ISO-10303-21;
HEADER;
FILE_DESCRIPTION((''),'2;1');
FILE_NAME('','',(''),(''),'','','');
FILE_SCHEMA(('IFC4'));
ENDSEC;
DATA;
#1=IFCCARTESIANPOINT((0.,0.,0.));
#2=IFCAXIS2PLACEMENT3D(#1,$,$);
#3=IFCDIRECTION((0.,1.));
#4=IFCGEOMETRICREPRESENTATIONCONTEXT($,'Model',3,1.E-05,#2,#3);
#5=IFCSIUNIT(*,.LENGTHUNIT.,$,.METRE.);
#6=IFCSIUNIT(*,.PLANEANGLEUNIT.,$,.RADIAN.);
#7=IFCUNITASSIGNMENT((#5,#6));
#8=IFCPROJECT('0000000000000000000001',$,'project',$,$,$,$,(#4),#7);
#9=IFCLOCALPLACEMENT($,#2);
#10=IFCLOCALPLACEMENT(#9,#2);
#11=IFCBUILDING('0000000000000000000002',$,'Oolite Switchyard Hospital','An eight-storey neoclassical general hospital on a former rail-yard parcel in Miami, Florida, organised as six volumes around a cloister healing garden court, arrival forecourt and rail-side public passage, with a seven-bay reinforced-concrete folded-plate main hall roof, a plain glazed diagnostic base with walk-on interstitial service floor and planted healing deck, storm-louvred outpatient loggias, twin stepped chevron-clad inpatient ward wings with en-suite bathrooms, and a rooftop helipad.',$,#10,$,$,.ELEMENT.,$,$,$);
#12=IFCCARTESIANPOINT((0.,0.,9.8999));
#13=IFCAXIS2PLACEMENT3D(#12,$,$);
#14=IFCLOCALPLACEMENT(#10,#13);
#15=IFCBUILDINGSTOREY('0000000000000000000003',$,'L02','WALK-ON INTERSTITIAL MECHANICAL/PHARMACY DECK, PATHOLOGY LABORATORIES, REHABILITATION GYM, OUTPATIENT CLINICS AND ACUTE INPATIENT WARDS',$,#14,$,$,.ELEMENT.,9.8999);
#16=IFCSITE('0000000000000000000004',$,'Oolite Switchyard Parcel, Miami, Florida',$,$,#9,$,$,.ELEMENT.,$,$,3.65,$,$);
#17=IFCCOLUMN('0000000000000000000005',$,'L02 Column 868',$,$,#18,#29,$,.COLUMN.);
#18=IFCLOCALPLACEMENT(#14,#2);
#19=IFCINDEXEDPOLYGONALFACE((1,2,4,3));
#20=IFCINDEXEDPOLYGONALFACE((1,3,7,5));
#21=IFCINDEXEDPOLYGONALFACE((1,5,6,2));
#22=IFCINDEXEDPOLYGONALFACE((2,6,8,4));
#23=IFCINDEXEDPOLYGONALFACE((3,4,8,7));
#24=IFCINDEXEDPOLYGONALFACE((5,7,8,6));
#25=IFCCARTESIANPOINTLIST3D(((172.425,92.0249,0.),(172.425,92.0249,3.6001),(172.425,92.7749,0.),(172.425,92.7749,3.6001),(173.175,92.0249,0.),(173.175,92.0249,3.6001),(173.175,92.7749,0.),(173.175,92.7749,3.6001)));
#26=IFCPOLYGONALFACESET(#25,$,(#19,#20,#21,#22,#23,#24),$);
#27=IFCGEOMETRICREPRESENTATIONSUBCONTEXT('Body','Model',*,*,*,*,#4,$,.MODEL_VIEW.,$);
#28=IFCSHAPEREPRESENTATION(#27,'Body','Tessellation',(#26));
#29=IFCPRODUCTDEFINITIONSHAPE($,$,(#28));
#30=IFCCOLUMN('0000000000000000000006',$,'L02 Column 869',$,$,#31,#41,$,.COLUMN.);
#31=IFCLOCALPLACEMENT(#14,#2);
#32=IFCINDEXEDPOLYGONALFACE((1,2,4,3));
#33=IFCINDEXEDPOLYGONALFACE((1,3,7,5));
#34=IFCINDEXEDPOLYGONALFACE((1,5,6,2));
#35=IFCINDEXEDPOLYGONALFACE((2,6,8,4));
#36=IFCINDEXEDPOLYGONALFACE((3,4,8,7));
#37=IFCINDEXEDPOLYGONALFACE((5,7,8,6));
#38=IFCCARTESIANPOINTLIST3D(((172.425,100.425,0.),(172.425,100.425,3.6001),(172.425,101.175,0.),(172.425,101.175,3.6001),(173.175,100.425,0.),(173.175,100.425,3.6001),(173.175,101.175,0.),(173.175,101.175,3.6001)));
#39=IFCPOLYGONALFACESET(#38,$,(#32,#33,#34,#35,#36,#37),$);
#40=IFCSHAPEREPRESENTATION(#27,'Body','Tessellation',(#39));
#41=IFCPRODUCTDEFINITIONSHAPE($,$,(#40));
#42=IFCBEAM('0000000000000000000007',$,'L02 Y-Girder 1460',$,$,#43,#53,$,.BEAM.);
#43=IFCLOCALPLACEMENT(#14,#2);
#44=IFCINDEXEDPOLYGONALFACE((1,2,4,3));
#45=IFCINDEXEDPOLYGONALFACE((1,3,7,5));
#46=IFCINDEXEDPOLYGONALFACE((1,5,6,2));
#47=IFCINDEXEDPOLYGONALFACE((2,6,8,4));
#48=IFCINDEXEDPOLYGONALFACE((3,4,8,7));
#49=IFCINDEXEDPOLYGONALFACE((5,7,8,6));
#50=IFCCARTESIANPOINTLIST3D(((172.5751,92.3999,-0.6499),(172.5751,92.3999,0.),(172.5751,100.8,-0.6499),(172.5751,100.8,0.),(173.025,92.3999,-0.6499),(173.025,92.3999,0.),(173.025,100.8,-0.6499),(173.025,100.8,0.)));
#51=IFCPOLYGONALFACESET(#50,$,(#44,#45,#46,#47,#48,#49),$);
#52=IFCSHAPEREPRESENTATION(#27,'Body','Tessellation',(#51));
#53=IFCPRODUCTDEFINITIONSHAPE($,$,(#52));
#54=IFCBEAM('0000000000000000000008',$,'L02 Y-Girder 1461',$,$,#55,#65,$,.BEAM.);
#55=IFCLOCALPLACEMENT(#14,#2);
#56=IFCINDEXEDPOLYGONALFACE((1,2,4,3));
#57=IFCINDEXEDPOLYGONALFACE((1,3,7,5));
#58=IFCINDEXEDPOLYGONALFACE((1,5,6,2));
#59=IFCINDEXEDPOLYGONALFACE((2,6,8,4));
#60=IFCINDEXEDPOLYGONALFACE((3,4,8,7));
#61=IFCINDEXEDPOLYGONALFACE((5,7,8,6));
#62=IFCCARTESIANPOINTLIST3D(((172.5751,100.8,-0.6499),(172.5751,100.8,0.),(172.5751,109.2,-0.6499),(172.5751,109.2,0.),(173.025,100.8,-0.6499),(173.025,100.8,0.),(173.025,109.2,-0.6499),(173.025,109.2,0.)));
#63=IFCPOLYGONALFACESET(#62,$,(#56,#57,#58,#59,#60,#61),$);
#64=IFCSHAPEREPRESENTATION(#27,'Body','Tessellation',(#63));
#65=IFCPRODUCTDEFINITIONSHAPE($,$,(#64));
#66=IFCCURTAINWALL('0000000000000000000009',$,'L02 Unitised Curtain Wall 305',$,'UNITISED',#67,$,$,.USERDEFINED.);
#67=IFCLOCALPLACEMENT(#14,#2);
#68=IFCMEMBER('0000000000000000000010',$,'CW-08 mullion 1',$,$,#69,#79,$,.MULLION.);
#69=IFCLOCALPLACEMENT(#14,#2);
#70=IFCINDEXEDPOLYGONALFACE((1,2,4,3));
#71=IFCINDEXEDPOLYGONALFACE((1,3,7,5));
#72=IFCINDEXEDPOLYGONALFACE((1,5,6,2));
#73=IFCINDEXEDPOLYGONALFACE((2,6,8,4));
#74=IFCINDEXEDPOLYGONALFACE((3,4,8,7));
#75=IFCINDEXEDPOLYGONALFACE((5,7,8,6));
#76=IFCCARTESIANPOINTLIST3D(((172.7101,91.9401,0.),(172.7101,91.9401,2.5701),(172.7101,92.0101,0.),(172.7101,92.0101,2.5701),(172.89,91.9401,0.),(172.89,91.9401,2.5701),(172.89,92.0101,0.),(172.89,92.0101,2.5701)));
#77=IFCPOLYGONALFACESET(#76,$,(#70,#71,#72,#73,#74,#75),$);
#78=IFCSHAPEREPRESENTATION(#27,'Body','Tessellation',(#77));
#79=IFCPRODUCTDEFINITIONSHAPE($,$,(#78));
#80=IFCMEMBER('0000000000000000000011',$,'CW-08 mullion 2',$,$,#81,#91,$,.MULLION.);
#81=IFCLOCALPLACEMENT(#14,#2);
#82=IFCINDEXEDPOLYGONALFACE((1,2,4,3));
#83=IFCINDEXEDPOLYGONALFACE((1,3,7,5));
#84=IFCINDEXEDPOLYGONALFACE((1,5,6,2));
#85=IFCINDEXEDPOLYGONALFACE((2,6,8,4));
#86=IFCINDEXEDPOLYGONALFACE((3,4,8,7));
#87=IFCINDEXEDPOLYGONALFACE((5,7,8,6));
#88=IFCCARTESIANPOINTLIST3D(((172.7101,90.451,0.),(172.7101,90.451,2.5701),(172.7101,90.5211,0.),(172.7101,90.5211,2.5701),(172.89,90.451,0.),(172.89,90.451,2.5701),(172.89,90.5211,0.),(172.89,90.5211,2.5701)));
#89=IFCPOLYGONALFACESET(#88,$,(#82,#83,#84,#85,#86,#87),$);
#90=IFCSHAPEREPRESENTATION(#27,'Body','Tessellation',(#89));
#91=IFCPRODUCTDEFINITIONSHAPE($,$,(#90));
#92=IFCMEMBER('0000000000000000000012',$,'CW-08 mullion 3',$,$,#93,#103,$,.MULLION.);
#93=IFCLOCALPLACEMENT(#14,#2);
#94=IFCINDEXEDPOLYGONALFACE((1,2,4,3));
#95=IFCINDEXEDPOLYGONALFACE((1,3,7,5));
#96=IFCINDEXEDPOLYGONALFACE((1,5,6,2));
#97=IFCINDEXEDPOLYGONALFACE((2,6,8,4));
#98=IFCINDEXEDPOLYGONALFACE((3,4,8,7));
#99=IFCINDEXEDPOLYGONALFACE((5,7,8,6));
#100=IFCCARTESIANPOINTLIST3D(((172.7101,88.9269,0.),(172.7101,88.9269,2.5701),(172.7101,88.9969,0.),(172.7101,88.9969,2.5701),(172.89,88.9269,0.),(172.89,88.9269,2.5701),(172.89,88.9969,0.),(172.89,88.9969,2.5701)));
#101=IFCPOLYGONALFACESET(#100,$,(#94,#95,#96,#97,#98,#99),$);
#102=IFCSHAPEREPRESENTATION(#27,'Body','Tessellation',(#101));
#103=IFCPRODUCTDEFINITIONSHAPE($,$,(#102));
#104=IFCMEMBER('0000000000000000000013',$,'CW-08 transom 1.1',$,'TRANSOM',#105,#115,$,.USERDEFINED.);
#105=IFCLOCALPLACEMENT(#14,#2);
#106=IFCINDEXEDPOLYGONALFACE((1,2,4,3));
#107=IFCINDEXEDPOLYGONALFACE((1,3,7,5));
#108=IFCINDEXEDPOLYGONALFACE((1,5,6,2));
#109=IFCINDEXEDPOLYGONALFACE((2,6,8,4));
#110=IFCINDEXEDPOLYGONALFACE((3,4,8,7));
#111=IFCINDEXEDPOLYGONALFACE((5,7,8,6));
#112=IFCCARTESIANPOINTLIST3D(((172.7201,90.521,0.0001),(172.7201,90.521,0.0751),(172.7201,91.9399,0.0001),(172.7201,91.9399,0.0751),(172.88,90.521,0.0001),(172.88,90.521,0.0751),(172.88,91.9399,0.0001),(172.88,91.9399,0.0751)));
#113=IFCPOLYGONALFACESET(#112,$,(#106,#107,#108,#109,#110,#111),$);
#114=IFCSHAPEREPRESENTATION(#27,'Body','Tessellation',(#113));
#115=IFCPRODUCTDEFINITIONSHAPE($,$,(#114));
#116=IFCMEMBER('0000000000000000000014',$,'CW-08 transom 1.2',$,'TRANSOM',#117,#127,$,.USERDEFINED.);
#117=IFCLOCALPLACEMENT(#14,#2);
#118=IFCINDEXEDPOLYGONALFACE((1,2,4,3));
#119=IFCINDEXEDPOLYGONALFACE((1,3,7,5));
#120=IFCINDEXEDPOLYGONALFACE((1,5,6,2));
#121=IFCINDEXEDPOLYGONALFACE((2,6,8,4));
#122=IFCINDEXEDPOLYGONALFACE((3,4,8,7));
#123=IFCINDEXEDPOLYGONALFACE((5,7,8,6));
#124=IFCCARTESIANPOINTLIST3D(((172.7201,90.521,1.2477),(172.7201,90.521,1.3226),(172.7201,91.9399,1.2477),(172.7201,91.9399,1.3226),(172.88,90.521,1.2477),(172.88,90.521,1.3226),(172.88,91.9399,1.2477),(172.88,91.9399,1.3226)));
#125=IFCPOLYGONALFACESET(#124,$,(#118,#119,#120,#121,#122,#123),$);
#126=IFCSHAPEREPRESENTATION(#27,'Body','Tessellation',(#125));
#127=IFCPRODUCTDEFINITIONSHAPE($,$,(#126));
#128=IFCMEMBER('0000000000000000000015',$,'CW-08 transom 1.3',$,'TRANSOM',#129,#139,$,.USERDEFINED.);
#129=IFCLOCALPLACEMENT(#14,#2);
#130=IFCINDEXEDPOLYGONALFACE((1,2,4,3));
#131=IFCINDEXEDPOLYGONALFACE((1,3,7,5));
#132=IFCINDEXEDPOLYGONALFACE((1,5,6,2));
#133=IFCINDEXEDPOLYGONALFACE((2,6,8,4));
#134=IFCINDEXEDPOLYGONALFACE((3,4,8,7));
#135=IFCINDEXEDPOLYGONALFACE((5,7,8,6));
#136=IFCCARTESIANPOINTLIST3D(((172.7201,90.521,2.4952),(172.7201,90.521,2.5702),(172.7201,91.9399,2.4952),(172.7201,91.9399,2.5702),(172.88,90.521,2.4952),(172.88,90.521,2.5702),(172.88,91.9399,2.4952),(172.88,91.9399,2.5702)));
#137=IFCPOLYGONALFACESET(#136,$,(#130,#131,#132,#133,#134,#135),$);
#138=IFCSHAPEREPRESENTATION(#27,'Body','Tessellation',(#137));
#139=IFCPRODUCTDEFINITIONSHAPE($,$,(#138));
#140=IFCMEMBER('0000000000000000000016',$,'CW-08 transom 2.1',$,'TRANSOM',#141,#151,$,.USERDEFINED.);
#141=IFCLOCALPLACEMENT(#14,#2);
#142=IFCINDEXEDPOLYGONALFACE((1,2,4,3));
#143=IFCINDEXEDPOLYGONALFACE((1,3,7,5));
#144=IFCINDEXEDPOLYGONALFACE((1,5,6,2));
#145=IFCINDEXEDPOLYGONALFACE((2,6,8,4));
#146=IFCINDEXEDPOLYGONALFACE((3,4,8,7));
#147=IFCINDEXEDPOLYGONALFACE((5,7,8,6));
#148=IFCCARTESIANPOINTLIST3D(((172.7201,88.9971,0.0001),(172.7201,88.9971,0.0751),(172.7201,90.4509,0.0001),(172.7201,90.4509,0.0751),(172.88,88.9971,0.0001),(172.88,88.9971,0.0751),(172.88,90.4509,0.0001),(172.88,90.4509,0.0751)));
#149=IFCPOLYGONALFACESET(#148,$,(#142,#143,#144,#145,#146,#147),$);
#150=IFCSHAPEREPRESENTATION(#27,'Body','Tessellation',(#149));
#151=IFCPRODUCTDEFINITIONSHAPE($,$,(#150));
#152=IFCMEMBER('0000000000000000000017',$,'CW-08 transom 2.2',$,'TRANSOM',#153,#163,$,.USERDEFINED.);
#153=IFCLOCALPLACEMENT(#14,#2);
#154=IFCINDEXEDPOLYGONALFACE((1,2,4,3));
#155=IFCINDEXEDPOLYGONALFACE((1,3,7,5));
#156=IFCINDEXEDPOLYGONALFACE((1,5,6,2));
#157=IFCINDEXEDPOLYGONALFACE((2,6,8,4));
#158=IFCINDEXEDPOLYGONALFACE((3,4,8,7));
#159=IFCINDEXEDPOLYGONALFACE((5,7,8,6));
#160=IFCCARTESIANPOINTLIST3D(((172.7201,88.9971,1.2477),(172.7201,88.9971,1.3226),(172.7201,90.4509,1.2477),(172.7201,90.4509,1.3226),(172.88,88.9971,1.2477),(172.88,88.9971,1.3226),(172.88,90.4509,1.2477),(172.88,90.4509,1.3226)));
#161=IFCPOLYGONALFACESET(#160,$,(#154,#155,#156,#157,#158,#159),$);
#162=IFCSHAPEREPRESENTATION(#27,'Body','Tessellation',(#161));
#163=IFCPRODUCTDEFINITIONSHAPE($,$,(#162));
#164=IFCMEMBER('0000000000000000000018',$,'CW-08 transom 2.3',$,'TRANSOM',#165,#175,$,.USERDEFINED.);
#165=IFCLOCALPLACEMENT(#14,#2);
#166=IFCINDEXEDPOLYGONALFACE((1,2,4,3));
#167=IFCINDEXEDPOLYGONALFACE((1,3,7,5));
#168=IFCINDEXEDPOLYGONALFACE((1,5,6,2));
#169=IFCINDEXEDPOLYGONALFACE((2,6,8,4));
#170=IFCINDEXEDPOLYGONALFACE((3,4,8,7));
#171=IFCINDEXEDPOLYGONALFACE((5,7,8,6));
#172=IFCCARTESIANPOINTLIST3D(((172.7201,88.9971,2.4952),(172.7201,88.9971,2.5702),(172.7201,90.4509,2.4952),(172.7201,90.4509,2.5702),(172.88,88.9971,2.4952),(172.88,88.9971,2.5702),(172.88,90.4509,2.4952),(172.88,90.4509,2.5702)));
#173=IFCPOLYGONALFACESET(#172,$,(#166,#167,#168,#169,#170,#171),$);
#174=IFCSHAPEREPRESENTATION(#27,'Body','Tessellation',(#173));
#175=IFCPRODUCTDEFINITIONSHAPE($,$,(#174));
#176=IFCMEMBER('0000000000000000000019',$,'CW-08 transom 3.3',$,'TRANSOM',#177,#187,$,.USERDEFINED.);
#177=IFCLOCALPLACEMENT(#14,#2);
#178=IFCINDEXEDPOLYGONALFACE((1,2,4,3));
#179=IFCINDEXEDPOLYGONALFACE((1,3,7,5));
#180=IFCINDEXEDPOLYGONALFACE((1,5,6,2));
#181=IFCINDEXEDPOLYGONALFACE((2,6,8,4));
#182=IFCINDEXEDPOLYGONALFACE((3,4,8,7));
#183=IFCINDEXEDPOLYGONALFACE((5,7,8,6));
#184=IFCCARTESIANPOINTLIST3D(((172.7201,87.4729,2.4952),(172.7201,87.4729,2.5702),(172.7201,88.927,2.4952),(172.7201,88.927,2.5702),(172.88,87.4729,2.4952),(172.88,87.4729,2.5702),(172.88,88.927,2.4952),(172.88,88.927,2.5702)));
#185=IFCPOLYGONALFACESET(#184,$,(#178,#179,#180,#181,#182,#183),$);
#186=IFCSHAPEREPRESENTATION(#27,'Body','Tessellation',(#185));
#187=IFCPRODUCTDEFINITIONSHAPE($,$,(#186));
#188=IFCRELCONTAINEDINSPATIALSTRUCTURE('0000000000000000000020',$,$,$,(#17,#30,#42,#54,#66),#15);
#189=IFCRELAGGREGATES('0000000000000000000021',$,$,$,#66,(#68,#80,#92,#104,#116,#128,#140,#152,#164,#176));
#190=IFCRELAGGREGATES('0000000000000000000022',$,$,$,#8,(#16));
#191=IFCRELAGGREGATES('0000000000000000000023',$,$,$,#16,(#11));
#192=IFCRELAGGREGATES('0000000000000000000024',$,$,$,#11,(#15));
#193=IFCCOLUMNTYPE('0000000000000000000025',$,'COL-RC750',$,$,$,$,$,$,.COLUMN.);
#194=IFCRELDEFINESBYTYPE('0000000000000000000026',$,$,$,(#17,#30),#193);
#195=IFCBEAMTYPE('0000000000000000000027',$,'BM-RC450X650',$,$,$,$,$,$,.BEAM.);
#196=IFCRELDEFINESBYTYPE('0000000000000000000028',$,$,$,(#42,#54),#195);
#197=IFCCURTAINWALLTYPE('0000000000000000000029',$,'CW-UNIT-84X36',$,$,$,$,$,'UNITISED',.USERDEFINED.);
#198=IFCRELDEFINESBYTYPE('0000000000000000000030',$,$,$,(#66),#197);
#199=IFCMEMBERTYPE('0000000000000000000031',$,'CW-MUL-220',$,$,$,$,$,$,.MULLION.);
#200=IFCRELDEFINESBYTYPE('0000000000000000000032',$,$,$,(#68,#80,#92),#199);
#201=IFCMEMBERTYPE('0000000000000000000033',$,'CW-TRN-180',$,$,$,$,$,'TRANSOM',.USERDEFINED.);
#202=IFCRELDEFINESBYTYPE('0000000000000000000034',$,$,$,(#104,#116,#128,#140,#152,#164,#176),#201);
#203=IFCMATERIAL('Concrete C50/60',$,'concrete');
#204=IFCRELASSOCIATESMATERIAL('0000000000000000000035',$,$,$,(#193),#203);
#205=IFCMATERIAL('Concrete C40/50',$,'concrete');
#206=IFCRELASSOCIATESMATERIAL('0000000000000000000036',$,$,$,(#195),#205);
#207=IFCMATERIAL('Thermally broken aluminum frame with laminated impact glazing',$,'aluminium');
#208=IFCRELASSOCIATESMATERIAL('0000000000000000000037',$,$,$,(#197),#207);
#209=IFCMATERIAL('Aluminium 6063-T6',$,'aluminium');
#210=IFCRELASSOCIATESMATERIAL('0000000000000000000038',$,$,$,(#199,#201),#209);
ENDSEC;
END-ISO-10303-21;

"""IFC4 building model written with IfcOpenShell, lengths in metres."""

from ifc_helpers import new_model, si_unit, direction, frame, origin, origin_2d, place, context, subcontext, project, spatial, rectangle, extrude, material, material_profile, profile_set, type_object, element, aggregate, save


model = new_model("IFC4")

# Units and contexts
model_context = context("Model", 3, precision=1e-05, world=origin(), true_north=direction((0.0, 1.0)))
body_context = subcontext(model_context, "Body", "Model", "MODEL_VIEW")
ifc_project = project(units=[si_unit("LENGTHUNIT", "METRE"), si_unit("PLANEANGLEUNIT", "RADIAN")], contexts=[model_context])

# Site, building, storey
site_placement = place(None, origin())
site = spatial("IfcSite", under=ifc_project, at=site_placement, Name="Oolite Switchyard Parcel, Miami, Florida", CompositionType="ELEMENT", RefElevation=3.65)
building_placement = place(site_placement, origin())
building = spatial("IfcBuilding", under=site, at=building_placement, Name="Oolite Switchyard Hospital", Description="An eight-storey neoclassical general hospital on a former rail-yard parcel in Miami, Florida, organised as six volumes around a cloister healing garden court, arrival forecourt and rail-side public passage, with a seven-bay reinforced-concrete folded-plate main hall roof, a plain glazed diagnostic base with walk-on interstitial service floor and planted healing deck, storm-louvred outpatient loggias, twin stepped chevron-clad inpatient ward wings with en-suite bathrooms, and a rooftop helipad.", CompositionType="ELEMENT")
storey_placement = place(building_placement, frame((0.0, 0.0, 9.8999)))
storey = spatial("IfcBuildingStorey", under=building, at=storey_placement, Name="L02", Description="WALK-ON INTERSTITIAL MECHANICAL/PHARMACY DECK, PATHOLOGY LABORATORIES, REHABILITATION GYM, OUTPATIENT CLINICS AND ACUTE INPATIENT WARDS", CompositionType="ELEMENT", Elevation=9.8999)

# Columns
ifc_material_1 = material(Name="Concrete C50/60", Category="concrete")
ifc_material_profile_1 = material_profile(ifc_material_1, rectangle(XDim=0.75, YDim=0.75, at=origin_2d()), Name="RC750X750")
ifc_profile_set_1 = profile_set([ifc_material_profile_1], Name="Concrete C50/60")
column_type = type_object("IfcColumnType", Name="COL-RC750", PredefinedType="COLUMN", material=ifc_profile_set_1)
for number, where, z_axis, x_axis, name in (
    (1, (172.8, 92.3999, 0.0), (0.0, 0.0, 1.0), (1.0, 0.0, 0.0), "L02 Column 868"),
    (2, (172.8, 100.8, 0.0), (0.0, 0.0, 1.0), (1.0, 0.0, 0.0), "L02 Column 869"),
):
    element("IfcColumn", number, at=place(storey_placement, frame(where, z_axis=z_axis, x_axis=x_axis)), inside=storey, type_object=column_type, Name=name, PredefinedType="COLUMN", context=body_context, shape_type="SweptSolid", body=[
        extrude(rectangle(XDim=0.75, YDim=0.75, at=origin_2d()), origin(), (0.0, 0.0, 1.0), 3.6001),
    ])

# Beams
ifc_material_2 = material(Name="Concrete C40/50", Category="concrete")
ifc_material_profile_2 = material_profile(ifc_material_2, rectangle(XDim=0.45, YDim=0.6499, at=origin_2d()), Name="RCB450X650")
ifc_profile_set_2 = profile_set([ifc_material_profile_2], Name="Concrete C40/50")
beam_type = type_object("IfcBeamType", Name="BM-RC450X650", PredefinedType="BEAM", material=ifc_profile_set_2)
beam_1_placement = place(storey_placement, frame((172.8, 92.3999, -0.325), z_axis=(0.0, 1.0, 0.0), x_axis=(-1.0, 0.0, 0.0)))
element("IfcBeam", 3, at=beam_1_placement, inside=storey, type_object=beam_type, Name="L02 Y-Girder 1460", PredefinedType="BEAM", context=body_context, shape_type="SweptSolid", body=[
    extrude(rectangle(XDim=0.45, YDim=0.6499, at=origin_2d()), origin(), (0.0, 0.0, 1.0), 8.4001),
])
beam_2_placement = place(storey_placement, frame((172.8, 100.8, -0.325), z_axis=(0.0, 1.0, 0.0), x_axis=(-1.0, 0.0, 0.0)))
element("IfcBeam", 4, at=beam_2_placement, inside=storey, type_object=beam_type, Name="L02 Y-Girder 1461", PredefinedType="BEAM", context=body_context, shape_type="SweptSolid", body=[
    extrude(rectangle(XDim=0.45, YDim=0.6499, at=origin_2d()), origin(), (0.0, 0.0, 1.0), 8.3999),
])

# Curtain wall, members
ifc_material_3 = material(Name="Thermally broken aluminum frame with laminated impact glazing", Category="aluminium")
curtain_wall_type = type_object("IfcCurtainWallType", Name="CW-UNIT-84X36", ElementType="UNITISED", PredefinedType="USERDEFINED", material=ifc_material_3)
curtain_wall_placement = place(storey_placement, origin())
curtain_wall = element("IfcCurtainWall", 5, at=curtain_wall_placement, inside=storey, type_object=curtain_wall_type, Name="L02 Unitised Curtain Wall 305", ObjectType="UNITISED", PredefinedType="USERDEFINED")
ifc_material_4 = material(Name="Aluminium 6063-T6", Category="aluminium")
ifc_material_profile_3 = material_profile(ifc_material_4, rectangle(XDim=0.1799, YDim=0.0701, at=origin_2d()), Name="CWM70X180")
ifc_profile_set_3 = profile_set([ifc_material_profile_3], Name="Aluminium 6063-T6")
member_type_1 = type_object("IfcMemberType", Name="CW-MUL-220", PredefinedType="MULLION", material=ifc_profile_set_3)
member_1_placement = place(storey_placement, frame((172.8, 91.9751, 0.0), z_axis=(0.0, 0.0, 1.0), x_axis=(1.0, 0.0, 0.0)))
member_1 = element("IfcMember", 6, at=member_1_placement, type_object=member_type_1, Name="CW-08 mullion 1", PredefinedType="MULLION", context=body_context, shape_type="SweptSolid", body=[
    extrude(rectangle(XDim=0.1799, YDim=0.0701, at=origin_2d()), origin(), (0.0, 0.0, 1.0), 2.5701),
])
member_2_placement = place(storey_placement, frame((172.8, 90.4861, 0.0), z_axis=(0.0, 0.0, 1.0), x_axis=(1.0, 0.0, 0.0)))
member_2 = element("IfcMember", 7, at=member_2_placement, type_object=member_type_1, Name="CW-08 mullion 2", PredefinedType="MULLION", context=body_context, shape_type="SweptSolid", body=[
    extrude(rectangle(XDim=0.1799, YDim=0.0701, at=origin_2d()), origin(), (0.0, 0.0, 1.0), 2.5701),
])
member_3_placement = place(storey_placement, frame((172.8, 88.9619, 0.0), z_axis=(0.0, 0.0, 1.0), x_axis=(1.0, 0.0, 0.0)))
member_3 = element("IfcMember", 8, at=member_3_placement, type_object=member_type_1, Name="CW-08 mullion 3", PredefinedType="MULLION", context=body_context, shape_type="SweptSolid", body=[
    extrude(rectangle(XDim=0.1799, YDim=0.0701, at=origin_2d()), origin(), (0.0, 0.0, 1.0), 2.5701),
])
ifc_material_profile_4 = material_profile(ifc_material_4, rectangle(XDim=0.1599, YDim=0.075, at=origin_2d()), Name="CWT75X160")
ifc_profile_set_4 = profile_set([ifc_material_profile_4], Name="Aluminium 6063-T6")
member_type_2 = type_object("IfcMemberType", Name="CW-TRN-180", ElementType="TRANSOM", PredefinedType="USERDEFINED", material=ifc_profile_set_4)
member_4_placement = place(storey_placement, frame((172.8, 91.9399, 0.0376), z_axis=(0.0, -1.0, 0.0), x_axis=(1.0, 0.0, 0.0)))
member_4 = element("IfcMember", 9, at=member_4_placement, type_object=member_type_2, Name="CW-08 transom 1.1", ObjectType="TRANSOM", PredefinedType="USERDEFINED", context=body_context, shape_type="SweptSolid", body=[
    extrude(rectangle(XDim=0.1599, YDim=0.075, at=origin_2d()), origin(), (0.0, 0.0, 1.0), 1.4189),
])
member_5_placement = place(storey_placement, frame((172.8, 91.9399, 1.2852), z_axis=(0.0, -1.0, 0.0), x_axis=(1.0, 0.0, 0.0)))
member_5 = element("IfcMember", 10, at=member_5_placement, type_object=member_type_2, Name="CW-08 transom 1.2", ObjectType="TRANSOM", PredefinedType="USERDEFINED", context=body_context, shape_type="SweptSolid", body=[
    extrude(rectangle(XDim=0.1599, YDim=0.075, at=origin_2d()), origin(), (0.0, 0.0, 1.0), 1.4189),
])
member_6_placement = place(storey_placement, frame((172.8, 91.9399, 2.5327), z_axis=(0.0, -1.0, 0.0), x_axis=(1.0, 0.0, 0.0)))
member_6 = element("IfcMember", 11, at=member_6_placement, type_object=member_type_2, Name="CW-08 transom 1.3", ObjectType="TRANSOM", PredefinedType="USERDEFINED", context=body_context, shape_type="SweptSolid", body=[
    extrude(rectangle(XDim=0.1599, YDim=0.075, at=origin_2d()), origin(), (0.0, 0.0, 1.0), 1.4189),
])
member_7_placement = place(storey_placement, frame((172.8, 90.4509, 0.0376), z_axis=(0.0, -1.0, 0.0), x_axis=(1.0, 0.0, 0.0)))
member_7 = element("IfcMember", 12, at=member_7_placement, type_object=member_type_2, Name="CW-08 transom 2.1", ObjectType="TRANSOM", PredefinedType="USERDEFINED", context=body_context, shape_type="SweptSolid", body=[
    extrude(rectangle(XDim=0.1599, YDim=0.075, at=origin_2d()), origin(), (0.0, 0.0, 1.0), 1.4539),
])
member_8_placement = place(storey_placement, frame((172.8, 90.4509, 1.2852), z_axis=(0.0, -1.0, 0.0), x_axis=(1.0, 0.0, 0.0)))
member_8 = element("IfcMember", 13, at=member_8_placement, type_object=member_type_2, Name="CW-08 transom 2.2", ObjectType="TRANSOM", PredefinedType="USERDEFINED", context=body_context, shape_type="SweptSolid", body=[
    extrude(rectangle(XDim=0.1599, YDim=0.075, at=origin_2d()), origin(), (0.0, 0.0, 1.0), 1.4539),
])
member_9_placement = place(storey_placement, frame((172.8, 90.4509, 2.5327), z_axis=(0.0, -1.0, 0.0), x_axis=(1.0, 0.0, 0.0)))
member_9 = element("IfcMember", 14, at=member_9_placement, type_object=member_type_2, Name="CW-08 transom 2.3", ObjectType="TRANSOM", PredefinedType="USERDEFINED", context=body_context, shape_type="SweptSolid", body=[
    extrude(rectangle(XDim=0.1599, YDim=0.075, at=origin_2d()), origin(), (0.0, 0.0, 1.0), 1.4539),
])
member_10_placement = place(storey_placement, frame((172.8, 88.927, 2.5327), z_axis=(0.0, -1.0, 0.0), x_axis=(1.0, 0.0, 0.0)))
member_10 = element("IfcMember", 15, at=member_10_placement, type_object=member_type_2, Name="CW-08 transom 3.3", ObjectType="TRANSOM", PredefinedType="USERDEFINED", context=body_context, shape_type="SweptSolid", body=[
    extrude(rectangle(XDim=0.1599, YDim=0.075, at=origin_2d()), origin(), (0.0, 0.0, 1.0), 1.4541),
])
aggregate(curtain_wall, [member_1, member_2, member_3, member_4, member_5, member_6, member_7, member_8, member_9, member_10])

save(model, "model.ifc")
